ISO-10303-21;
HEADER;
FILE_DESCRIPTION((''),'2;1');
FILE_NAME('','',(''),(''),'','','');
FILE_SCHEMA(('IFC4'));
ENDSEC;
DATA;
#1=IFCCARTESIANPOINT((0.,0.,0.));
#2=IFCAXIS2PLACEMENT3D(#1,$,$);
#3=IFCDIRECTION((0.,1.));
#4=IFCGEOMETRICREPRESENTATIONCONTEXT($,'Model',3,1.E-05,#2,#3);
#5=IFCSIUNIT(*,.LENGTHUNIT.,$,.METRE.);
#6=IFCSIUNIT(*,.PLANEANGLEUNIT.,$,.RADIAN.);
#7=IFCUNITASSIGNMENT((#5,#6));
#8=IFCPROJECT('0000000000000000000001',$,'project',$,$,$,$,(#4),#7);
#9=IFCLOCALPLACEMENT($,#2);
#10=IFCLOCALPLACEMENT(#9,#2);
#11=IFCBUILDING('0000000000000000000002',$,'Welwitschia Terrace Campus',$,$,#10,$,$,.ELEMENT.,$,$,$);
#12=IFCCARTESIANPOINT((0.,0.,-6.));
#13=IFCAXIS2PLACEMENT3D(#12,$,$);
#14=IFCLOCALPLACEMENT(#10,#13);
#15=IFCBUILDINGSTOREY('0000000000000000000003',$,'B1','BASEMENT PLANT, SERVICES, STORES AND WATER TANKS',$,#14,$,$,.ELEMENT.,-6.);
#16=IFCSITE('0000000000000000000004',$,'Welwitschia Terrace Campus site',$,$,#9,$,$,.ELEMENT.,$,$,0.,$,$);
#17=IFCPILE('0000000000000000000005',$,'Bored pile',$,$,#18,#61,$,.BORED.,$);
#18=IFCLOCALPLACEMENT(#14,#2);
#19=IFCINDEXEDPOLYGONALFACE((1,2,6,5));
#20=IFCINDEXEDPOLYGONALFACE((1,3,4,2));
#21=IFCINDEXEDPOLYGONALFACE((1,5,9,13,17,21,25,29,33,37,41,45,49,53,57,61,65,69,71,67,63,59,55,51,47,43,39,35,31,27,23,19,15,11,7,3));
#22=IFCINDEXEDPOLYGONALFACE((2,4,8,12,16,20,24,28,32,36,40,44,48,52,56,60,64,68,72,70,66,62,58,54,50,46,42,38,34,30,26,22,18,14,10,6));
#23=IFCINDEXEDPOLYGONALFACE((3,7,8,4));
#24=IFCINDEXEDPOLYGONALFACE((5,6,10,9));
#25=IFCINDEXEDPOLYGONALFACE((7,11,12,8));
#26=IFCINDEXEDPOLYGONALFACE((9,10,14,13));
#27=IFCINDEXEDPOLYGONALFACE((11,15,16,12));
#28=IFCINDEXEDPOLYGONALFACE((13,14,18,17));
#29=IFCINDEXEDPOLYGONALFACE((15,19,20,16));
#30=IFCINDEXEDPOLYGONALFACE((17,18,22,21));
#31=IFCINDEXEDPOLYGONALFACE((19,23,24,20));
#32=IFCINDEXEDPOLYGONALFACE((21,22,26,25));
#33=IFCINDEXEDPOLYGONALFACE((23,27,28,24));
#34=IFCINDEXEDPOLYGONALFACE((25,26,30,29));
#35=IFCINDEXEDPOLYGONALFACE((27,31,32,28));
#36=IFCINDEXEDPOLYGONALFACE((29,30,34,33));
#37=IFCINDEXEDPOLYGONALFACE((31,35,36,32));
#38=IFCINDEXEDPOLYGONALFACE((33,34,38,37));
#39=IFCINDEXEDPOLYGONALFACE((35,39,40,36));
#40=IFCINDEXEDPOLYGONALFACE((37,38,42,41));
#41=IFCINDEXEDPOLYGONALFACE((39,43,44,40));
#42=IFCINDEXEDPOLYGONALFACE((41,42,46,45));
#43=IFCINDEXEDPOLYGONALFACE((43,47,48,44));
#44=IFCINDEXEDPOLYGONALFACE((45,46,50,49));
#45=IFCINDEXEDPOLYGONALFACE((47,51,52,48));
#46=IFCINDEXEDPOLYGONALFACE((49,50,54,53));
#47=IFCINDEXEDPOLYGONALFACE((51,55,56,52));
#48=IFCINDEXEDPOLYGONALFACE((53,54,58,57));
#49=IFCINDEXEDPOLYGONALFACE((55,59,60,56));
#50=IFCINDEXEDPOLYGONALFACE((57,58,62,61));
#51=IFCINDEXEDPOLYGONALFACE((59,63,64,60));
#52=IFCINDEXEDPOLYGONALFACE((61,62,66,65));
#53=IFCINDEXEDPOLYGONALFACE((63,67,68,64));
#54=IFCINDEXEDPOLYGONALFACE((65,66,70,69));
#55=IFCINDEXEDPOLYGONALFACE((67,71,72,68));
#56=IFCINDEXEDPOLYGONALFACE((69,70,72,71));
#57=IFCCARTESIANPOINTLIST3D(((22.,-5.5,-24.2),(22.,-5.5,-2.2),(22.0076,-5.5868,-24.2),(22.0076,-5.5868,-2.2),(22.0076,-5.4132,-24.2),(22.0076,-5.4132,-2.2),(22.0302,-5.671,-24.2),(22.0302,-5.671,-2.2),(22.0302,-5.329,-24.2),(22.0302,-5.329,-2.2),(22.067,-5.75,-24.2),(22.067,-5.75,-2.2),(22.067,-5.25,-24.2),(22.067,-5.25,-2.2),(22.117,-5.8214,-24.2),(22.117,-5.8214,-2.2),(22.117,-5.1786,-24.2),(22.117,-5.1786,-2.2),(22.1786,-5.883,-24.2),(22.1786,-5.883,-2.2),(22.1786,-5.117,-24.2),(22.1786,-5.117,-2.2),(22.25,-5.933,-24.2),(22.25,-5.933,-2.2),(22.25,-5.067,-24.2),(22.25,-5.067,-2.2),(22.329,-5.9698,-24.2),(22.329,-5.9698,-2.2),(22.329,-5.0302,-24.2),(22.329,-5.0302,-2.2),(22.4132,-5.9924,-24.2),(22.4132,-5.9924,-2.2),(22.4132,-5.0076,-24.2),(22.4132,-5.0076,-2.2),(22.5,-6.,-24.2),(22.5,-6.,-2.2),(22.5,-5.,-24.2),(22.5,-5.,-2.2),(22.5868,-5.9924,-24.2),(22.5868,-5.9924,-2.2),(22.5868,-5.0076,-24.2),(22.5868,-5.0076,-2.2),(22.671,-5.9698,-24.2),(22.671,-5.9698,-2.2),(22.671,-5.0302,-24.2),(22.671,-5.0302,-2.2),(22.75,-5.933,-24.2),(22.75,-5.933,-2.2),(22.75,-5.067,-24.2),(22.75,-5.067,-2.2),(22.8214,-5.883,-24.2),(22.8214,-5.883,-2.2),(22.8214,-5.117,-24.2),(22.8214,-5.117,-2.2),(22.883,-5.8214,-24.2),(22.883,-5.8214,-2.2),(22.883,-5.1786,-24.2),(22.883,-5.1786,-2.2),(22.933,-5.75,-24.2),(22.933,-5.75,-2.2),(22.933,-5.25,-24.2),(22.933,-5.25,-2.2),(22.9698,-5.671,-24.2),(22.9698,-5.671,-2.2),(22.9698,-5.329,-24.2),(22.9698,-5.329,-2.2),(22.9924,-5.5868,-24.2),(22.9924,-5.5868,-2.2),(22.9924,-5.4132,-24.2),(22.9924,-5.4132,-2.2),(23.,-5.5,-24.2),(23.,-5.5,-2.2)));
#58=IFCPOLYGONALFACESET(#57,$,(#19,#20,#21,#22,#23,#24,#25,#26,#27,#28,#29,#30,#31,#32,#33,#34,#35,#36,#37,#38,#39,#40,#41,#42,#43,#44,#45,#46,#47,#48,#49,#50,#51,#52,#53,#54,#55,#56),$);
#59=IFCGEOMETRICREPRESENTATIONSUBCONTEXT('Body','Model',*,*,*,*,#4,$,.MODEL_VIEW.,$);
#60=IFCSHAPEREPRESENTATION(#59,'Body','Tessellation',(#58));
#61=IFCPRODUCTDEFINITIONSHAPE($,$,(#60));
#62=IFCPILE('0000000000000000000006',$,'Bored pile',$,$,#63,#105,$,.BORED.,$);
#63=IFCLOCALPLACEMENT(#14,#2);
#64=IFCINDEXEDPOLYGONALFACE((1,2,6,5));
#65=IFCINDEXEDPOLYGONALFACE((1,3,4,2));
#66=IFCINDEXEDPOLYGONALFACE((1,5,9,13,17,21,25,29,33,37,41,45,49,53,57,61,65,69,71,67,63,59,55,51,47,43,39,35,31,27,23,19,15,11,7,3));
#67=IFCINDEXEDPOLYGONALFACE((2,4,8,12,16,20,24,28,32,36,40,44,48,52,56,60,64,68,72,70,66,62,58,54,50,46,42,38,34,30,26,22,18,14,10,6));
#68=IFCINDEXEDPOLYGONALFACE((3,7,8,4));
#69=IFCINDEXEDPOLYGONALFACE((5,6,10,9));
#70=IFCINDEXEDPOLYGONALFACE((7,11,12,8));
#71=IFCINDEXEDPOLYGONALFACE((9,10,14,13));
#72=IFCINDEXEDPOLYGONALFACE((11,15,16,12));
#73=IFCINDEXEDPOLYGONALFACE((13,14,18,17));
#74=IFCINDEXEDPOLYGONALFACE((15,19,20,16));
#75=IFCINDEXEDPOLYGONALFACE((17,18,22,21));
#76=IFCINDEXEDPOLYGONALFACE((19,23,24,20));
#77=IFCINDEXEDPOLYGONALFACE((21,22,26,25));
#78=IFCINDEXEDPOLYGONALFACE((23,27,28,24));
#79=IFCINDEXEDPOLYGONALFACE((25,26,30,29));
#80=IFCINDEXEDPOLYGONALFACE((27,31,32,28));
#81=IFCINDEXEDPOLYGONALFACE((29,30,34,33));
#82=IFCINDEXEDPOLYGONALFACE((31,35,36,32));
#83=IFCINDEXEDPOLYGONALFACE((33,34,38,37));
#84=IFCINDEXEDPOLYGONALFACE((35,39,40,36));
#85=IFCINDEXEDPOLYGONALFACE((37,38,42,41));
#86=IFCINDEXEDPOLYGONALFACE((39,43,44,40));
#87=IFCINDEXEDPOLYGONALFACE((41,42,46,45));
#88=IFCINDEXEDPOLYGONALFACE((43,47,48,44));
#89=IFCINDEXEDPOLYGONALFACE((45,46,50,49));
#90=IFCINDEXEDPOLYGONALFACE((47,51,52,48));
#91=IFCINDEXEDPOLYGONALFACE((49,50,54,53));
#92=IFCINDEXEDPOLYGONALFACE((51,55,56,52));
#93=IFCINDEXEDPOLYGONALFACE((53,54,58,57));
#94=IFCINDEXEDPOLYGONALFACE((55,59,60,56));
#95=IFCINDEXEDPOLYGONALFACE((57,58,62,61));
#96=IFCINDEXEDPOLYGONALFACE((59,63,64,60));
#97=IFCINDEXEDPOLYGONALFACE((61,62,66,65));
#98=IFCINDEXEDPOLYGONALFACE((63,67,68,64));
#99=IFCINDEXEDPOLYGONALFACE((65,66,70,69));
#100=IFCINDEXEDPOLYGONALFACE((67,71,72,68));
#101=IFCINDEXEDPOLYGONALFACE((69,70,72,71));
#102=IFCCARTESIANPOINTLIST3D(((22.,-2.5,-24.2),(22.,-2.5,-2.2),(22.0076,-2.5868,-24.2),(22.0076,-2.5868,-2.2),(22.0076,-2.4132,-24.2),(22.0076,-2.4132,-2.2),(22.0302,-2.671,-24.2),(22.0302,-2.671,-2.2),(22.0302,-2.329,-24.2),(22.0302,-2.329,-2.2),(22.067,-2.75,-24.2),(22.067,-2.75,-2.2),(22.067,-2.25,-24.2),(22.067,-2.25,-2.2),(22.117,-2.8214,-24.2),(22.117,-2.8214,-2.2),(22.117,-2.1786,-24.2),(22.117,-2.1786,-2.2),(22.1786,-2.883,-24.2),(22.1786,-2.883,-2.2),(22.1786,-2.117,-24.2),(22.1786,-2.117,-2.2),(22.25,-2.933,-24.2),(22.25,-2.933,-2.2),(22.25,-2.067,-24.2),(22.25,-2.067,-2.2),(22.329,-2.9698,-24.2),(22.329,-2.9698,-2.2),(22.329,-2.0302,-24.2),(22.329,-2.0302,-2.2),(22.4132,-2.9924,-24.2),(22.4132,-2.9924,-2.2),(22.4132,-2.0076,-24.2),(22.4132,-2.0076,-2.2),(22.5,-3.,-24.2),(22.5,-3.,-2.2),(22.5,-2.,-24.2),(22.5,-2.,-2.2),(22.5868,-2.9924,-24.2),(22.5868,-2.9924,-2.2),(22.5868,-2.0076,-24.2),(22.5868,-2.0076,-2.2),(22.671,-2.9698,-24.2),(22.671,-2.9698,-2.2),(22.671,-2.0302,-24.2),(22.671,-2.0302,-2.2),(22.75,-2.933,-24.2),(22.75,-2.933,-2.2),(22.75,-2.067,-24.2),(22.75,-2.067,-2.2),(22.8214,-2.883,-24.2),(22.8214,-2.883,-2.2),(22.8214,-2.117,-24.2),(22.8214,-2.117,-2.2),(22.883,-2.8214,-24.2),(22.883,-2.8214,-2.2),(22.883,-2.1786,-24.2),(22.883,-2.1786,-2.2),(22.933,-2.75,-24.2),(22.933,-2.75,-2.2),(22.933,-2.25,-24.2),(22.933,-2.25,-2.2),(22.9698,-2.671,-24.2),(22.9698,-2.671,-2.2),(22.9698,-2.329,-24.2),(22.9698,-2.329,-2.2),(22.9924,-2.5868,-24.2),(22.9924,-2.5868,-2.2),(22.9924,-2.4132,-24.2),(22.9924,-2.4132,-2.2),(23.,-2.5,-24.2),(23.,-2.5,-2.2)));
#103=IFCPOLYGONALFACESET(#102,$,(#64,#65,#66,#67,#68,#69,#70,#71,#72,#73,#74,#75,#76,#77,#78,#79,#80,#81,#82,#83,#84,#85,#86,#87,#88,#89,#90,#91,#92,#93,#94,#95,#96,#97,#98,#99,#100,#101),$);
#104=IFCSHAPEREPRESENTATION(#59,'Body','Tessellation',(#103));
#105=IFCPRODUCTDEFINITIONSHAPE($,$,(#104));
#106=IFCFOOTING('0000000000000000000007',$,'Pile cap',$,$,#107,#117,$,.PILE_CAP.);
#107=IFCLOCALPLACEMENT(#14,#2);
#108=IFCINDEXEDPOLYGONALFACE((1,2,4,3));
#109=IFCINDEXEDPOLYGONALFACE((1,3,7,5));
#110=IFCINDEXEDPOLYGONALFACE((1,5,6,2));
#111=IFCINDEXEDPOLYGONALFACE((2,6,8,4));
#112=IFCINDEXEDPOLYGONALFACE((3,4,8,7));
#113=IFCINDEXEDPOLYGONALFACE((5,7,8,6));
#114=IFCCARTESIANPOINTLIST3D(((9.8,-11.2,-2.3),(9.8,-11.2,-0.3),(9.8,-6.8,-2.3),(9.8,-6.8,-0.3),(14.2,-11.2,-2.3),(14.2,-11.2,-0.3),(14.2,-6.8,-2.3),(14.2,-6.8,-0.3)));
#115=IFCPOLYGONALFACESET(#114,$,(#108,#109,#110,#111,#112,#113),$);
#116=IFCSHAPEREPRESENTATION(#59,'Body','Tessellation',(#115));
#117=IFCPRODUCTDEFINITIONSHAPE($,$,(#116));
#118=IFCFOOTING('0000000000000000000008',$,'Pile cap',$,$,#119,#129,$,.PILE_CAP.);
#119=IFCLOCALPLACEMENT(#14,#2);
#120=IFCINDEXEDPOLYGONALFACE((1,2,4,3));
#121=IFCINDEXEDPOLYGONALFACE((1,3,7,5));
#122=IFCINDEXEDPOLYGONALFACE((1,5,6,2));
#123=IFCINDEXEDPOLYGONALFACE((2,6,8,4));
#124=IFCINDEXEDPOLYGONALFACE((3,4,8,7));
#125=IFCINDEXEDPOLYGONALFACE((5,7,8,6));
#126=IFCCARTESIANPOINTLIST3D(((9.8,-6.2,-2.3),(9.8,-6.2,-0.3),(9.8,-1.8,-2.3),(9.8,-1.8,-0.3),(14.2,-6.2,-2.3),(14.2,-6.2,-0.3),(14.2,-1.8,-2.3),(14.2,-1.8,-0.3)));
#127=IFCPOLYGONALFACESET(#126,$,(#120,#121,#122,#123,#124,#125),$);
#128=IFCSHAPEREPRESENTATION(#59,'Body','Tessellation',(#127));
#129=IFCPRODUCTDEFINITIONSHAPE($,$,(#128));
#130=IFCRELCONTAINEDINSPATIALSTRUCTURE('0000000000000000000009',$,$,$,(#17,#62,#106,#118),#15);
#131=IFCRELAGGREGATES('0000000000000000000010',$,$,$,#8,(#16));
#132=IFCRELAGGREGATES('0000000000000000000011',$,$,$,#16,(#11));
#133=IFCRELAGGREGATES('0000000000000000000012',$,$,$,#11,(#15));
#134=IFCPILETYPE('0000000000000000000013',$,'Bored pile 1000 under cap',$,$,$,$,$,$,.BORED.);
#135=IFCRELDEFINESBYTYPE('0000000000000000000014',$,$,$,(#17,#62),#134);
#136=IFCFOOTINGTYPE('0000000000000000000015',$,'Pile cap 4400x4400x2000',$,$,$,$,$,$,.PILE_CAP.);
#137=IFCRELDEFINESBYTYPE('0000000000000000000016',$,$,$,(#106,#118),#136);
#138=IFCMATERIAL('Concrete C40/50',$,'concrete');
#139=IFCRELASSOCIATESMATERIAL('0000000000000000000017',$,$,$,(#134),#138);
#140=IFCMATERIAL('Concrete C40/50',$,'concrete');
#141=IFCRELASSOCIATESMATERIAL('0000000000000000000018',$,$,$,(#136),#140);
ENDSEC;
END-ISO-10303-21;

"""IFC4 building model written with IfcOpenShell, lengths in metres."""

from ifc_helpers import new_model, si_unit, direction, frame, origin, origin_2d, place, context, subcontext, project, spatial, rectangle, circle, extrude, material, type_object, element, save


model = new_model("IFC4")

# Units and contexts
model_context = context("Model", 3, precision=1e-05, world=origin(), true_north=direction((0.0, 1.0)))
body_context = subcontext(model_context, "Body", "Model", "MODEL_VIEW")
ifc_project = project(units=[si_unit("LENGTHUNIT", "METRE"), si_unit("PLANEANGLEUNIT", "RADIAN")], contexts=[model_context])

# Site, building, storey
site_placement = place(None, origin())
site = spatial("IfcSite", under=ifc_project, at=site_placement, Name="Welwitschia Terrace Campus site", CompositionType="ELEMENT", RefElevation=0.0)
building_placement = place(site_placement, origin())
building = spatial("IfcBuilding", under=site, at=building_placement, Name="Welwitschia Terrace Campus", CompositionType="ELEMENT")
storey_placement = place(building_placement, frame((0.0, 0.0, -6.0)))
storey = spatial("IfcBuildingStorey", under=building, at=storey_placement, Name="B1", Description="BASEMENT PLANT, SERVICES, STORES AND WATER TANKS", CompositionType="ELEMENT", Elevation=-6.0)

# Piles
ifc_material_1 = material(Name="Concrete C40/50", Category="concrete")
pile_type_1 = type_object("IfcPileType", Name="Bored pile 1000 under cap", PredefinedType="BORED", material=ifc_material_1)
for number, where, z_axis, x_axis, name in (
    (1, (22.5, -5.5, -2.2), (0.0, 0.0, -1.0), (1.0, 0.0, 0.0), "Bored pile"),
    (2, (22.5, -2.5, -2.2), (0.0, 0.0, -1.0), (1.0, 0.0, 0.0), "Bored pile"),
):
    element("IfcPile", number, at=place(storey_placement, frame(where, z_axis=z_axis, x_axis=x_axis)), inside=storey, type_object=pile_type_1, Name=name, PredefinedType="BORED", context=body_context, shape_type="SweptSolid", body=[
        extrude(circle(Radius=0.5, at=origin_2d()), origin(), (0.0, 0.0, 1.0), 22.0),
    ])

# Footings
ifc_material_2 = material(Name="Concrete C40/50", Category="concrete")
footing_type = type_object("IfcFootingType", Name="Pile cap 4400x4400x2000", PredefinedType="PILE_CAP", material=ifc_material_2)
for number, where, z_axis, x_axis, name in (
    (3, (12.0, -9.0, -2.3), (0.0, 0.0, 1.0), (1.0, 0.0, 0.0), "Pile cap"),
    (4, (12.0, -4.0, -2.3), (0.0, 0.0, 1.0), (1.0, 0.0, 0.0), "Pile cap"),
):
    element("IfcFooting", number, at=place(storey_placement, frame(where, z_axis=z_axis, x_axis=x_axis)), inside=storey, type_object=footing_type, Name=name, PredefinedType="PILE_CAP", context=body_context, shape_type="SweptSolid", body=[
        extrude(rectangle(XDim=4.3999, YDim=4.3999, at=origin_2d()), origin(), (0.0, 0.0, 1.0), 2.0),
    ])

save(model, "model.ifc")
